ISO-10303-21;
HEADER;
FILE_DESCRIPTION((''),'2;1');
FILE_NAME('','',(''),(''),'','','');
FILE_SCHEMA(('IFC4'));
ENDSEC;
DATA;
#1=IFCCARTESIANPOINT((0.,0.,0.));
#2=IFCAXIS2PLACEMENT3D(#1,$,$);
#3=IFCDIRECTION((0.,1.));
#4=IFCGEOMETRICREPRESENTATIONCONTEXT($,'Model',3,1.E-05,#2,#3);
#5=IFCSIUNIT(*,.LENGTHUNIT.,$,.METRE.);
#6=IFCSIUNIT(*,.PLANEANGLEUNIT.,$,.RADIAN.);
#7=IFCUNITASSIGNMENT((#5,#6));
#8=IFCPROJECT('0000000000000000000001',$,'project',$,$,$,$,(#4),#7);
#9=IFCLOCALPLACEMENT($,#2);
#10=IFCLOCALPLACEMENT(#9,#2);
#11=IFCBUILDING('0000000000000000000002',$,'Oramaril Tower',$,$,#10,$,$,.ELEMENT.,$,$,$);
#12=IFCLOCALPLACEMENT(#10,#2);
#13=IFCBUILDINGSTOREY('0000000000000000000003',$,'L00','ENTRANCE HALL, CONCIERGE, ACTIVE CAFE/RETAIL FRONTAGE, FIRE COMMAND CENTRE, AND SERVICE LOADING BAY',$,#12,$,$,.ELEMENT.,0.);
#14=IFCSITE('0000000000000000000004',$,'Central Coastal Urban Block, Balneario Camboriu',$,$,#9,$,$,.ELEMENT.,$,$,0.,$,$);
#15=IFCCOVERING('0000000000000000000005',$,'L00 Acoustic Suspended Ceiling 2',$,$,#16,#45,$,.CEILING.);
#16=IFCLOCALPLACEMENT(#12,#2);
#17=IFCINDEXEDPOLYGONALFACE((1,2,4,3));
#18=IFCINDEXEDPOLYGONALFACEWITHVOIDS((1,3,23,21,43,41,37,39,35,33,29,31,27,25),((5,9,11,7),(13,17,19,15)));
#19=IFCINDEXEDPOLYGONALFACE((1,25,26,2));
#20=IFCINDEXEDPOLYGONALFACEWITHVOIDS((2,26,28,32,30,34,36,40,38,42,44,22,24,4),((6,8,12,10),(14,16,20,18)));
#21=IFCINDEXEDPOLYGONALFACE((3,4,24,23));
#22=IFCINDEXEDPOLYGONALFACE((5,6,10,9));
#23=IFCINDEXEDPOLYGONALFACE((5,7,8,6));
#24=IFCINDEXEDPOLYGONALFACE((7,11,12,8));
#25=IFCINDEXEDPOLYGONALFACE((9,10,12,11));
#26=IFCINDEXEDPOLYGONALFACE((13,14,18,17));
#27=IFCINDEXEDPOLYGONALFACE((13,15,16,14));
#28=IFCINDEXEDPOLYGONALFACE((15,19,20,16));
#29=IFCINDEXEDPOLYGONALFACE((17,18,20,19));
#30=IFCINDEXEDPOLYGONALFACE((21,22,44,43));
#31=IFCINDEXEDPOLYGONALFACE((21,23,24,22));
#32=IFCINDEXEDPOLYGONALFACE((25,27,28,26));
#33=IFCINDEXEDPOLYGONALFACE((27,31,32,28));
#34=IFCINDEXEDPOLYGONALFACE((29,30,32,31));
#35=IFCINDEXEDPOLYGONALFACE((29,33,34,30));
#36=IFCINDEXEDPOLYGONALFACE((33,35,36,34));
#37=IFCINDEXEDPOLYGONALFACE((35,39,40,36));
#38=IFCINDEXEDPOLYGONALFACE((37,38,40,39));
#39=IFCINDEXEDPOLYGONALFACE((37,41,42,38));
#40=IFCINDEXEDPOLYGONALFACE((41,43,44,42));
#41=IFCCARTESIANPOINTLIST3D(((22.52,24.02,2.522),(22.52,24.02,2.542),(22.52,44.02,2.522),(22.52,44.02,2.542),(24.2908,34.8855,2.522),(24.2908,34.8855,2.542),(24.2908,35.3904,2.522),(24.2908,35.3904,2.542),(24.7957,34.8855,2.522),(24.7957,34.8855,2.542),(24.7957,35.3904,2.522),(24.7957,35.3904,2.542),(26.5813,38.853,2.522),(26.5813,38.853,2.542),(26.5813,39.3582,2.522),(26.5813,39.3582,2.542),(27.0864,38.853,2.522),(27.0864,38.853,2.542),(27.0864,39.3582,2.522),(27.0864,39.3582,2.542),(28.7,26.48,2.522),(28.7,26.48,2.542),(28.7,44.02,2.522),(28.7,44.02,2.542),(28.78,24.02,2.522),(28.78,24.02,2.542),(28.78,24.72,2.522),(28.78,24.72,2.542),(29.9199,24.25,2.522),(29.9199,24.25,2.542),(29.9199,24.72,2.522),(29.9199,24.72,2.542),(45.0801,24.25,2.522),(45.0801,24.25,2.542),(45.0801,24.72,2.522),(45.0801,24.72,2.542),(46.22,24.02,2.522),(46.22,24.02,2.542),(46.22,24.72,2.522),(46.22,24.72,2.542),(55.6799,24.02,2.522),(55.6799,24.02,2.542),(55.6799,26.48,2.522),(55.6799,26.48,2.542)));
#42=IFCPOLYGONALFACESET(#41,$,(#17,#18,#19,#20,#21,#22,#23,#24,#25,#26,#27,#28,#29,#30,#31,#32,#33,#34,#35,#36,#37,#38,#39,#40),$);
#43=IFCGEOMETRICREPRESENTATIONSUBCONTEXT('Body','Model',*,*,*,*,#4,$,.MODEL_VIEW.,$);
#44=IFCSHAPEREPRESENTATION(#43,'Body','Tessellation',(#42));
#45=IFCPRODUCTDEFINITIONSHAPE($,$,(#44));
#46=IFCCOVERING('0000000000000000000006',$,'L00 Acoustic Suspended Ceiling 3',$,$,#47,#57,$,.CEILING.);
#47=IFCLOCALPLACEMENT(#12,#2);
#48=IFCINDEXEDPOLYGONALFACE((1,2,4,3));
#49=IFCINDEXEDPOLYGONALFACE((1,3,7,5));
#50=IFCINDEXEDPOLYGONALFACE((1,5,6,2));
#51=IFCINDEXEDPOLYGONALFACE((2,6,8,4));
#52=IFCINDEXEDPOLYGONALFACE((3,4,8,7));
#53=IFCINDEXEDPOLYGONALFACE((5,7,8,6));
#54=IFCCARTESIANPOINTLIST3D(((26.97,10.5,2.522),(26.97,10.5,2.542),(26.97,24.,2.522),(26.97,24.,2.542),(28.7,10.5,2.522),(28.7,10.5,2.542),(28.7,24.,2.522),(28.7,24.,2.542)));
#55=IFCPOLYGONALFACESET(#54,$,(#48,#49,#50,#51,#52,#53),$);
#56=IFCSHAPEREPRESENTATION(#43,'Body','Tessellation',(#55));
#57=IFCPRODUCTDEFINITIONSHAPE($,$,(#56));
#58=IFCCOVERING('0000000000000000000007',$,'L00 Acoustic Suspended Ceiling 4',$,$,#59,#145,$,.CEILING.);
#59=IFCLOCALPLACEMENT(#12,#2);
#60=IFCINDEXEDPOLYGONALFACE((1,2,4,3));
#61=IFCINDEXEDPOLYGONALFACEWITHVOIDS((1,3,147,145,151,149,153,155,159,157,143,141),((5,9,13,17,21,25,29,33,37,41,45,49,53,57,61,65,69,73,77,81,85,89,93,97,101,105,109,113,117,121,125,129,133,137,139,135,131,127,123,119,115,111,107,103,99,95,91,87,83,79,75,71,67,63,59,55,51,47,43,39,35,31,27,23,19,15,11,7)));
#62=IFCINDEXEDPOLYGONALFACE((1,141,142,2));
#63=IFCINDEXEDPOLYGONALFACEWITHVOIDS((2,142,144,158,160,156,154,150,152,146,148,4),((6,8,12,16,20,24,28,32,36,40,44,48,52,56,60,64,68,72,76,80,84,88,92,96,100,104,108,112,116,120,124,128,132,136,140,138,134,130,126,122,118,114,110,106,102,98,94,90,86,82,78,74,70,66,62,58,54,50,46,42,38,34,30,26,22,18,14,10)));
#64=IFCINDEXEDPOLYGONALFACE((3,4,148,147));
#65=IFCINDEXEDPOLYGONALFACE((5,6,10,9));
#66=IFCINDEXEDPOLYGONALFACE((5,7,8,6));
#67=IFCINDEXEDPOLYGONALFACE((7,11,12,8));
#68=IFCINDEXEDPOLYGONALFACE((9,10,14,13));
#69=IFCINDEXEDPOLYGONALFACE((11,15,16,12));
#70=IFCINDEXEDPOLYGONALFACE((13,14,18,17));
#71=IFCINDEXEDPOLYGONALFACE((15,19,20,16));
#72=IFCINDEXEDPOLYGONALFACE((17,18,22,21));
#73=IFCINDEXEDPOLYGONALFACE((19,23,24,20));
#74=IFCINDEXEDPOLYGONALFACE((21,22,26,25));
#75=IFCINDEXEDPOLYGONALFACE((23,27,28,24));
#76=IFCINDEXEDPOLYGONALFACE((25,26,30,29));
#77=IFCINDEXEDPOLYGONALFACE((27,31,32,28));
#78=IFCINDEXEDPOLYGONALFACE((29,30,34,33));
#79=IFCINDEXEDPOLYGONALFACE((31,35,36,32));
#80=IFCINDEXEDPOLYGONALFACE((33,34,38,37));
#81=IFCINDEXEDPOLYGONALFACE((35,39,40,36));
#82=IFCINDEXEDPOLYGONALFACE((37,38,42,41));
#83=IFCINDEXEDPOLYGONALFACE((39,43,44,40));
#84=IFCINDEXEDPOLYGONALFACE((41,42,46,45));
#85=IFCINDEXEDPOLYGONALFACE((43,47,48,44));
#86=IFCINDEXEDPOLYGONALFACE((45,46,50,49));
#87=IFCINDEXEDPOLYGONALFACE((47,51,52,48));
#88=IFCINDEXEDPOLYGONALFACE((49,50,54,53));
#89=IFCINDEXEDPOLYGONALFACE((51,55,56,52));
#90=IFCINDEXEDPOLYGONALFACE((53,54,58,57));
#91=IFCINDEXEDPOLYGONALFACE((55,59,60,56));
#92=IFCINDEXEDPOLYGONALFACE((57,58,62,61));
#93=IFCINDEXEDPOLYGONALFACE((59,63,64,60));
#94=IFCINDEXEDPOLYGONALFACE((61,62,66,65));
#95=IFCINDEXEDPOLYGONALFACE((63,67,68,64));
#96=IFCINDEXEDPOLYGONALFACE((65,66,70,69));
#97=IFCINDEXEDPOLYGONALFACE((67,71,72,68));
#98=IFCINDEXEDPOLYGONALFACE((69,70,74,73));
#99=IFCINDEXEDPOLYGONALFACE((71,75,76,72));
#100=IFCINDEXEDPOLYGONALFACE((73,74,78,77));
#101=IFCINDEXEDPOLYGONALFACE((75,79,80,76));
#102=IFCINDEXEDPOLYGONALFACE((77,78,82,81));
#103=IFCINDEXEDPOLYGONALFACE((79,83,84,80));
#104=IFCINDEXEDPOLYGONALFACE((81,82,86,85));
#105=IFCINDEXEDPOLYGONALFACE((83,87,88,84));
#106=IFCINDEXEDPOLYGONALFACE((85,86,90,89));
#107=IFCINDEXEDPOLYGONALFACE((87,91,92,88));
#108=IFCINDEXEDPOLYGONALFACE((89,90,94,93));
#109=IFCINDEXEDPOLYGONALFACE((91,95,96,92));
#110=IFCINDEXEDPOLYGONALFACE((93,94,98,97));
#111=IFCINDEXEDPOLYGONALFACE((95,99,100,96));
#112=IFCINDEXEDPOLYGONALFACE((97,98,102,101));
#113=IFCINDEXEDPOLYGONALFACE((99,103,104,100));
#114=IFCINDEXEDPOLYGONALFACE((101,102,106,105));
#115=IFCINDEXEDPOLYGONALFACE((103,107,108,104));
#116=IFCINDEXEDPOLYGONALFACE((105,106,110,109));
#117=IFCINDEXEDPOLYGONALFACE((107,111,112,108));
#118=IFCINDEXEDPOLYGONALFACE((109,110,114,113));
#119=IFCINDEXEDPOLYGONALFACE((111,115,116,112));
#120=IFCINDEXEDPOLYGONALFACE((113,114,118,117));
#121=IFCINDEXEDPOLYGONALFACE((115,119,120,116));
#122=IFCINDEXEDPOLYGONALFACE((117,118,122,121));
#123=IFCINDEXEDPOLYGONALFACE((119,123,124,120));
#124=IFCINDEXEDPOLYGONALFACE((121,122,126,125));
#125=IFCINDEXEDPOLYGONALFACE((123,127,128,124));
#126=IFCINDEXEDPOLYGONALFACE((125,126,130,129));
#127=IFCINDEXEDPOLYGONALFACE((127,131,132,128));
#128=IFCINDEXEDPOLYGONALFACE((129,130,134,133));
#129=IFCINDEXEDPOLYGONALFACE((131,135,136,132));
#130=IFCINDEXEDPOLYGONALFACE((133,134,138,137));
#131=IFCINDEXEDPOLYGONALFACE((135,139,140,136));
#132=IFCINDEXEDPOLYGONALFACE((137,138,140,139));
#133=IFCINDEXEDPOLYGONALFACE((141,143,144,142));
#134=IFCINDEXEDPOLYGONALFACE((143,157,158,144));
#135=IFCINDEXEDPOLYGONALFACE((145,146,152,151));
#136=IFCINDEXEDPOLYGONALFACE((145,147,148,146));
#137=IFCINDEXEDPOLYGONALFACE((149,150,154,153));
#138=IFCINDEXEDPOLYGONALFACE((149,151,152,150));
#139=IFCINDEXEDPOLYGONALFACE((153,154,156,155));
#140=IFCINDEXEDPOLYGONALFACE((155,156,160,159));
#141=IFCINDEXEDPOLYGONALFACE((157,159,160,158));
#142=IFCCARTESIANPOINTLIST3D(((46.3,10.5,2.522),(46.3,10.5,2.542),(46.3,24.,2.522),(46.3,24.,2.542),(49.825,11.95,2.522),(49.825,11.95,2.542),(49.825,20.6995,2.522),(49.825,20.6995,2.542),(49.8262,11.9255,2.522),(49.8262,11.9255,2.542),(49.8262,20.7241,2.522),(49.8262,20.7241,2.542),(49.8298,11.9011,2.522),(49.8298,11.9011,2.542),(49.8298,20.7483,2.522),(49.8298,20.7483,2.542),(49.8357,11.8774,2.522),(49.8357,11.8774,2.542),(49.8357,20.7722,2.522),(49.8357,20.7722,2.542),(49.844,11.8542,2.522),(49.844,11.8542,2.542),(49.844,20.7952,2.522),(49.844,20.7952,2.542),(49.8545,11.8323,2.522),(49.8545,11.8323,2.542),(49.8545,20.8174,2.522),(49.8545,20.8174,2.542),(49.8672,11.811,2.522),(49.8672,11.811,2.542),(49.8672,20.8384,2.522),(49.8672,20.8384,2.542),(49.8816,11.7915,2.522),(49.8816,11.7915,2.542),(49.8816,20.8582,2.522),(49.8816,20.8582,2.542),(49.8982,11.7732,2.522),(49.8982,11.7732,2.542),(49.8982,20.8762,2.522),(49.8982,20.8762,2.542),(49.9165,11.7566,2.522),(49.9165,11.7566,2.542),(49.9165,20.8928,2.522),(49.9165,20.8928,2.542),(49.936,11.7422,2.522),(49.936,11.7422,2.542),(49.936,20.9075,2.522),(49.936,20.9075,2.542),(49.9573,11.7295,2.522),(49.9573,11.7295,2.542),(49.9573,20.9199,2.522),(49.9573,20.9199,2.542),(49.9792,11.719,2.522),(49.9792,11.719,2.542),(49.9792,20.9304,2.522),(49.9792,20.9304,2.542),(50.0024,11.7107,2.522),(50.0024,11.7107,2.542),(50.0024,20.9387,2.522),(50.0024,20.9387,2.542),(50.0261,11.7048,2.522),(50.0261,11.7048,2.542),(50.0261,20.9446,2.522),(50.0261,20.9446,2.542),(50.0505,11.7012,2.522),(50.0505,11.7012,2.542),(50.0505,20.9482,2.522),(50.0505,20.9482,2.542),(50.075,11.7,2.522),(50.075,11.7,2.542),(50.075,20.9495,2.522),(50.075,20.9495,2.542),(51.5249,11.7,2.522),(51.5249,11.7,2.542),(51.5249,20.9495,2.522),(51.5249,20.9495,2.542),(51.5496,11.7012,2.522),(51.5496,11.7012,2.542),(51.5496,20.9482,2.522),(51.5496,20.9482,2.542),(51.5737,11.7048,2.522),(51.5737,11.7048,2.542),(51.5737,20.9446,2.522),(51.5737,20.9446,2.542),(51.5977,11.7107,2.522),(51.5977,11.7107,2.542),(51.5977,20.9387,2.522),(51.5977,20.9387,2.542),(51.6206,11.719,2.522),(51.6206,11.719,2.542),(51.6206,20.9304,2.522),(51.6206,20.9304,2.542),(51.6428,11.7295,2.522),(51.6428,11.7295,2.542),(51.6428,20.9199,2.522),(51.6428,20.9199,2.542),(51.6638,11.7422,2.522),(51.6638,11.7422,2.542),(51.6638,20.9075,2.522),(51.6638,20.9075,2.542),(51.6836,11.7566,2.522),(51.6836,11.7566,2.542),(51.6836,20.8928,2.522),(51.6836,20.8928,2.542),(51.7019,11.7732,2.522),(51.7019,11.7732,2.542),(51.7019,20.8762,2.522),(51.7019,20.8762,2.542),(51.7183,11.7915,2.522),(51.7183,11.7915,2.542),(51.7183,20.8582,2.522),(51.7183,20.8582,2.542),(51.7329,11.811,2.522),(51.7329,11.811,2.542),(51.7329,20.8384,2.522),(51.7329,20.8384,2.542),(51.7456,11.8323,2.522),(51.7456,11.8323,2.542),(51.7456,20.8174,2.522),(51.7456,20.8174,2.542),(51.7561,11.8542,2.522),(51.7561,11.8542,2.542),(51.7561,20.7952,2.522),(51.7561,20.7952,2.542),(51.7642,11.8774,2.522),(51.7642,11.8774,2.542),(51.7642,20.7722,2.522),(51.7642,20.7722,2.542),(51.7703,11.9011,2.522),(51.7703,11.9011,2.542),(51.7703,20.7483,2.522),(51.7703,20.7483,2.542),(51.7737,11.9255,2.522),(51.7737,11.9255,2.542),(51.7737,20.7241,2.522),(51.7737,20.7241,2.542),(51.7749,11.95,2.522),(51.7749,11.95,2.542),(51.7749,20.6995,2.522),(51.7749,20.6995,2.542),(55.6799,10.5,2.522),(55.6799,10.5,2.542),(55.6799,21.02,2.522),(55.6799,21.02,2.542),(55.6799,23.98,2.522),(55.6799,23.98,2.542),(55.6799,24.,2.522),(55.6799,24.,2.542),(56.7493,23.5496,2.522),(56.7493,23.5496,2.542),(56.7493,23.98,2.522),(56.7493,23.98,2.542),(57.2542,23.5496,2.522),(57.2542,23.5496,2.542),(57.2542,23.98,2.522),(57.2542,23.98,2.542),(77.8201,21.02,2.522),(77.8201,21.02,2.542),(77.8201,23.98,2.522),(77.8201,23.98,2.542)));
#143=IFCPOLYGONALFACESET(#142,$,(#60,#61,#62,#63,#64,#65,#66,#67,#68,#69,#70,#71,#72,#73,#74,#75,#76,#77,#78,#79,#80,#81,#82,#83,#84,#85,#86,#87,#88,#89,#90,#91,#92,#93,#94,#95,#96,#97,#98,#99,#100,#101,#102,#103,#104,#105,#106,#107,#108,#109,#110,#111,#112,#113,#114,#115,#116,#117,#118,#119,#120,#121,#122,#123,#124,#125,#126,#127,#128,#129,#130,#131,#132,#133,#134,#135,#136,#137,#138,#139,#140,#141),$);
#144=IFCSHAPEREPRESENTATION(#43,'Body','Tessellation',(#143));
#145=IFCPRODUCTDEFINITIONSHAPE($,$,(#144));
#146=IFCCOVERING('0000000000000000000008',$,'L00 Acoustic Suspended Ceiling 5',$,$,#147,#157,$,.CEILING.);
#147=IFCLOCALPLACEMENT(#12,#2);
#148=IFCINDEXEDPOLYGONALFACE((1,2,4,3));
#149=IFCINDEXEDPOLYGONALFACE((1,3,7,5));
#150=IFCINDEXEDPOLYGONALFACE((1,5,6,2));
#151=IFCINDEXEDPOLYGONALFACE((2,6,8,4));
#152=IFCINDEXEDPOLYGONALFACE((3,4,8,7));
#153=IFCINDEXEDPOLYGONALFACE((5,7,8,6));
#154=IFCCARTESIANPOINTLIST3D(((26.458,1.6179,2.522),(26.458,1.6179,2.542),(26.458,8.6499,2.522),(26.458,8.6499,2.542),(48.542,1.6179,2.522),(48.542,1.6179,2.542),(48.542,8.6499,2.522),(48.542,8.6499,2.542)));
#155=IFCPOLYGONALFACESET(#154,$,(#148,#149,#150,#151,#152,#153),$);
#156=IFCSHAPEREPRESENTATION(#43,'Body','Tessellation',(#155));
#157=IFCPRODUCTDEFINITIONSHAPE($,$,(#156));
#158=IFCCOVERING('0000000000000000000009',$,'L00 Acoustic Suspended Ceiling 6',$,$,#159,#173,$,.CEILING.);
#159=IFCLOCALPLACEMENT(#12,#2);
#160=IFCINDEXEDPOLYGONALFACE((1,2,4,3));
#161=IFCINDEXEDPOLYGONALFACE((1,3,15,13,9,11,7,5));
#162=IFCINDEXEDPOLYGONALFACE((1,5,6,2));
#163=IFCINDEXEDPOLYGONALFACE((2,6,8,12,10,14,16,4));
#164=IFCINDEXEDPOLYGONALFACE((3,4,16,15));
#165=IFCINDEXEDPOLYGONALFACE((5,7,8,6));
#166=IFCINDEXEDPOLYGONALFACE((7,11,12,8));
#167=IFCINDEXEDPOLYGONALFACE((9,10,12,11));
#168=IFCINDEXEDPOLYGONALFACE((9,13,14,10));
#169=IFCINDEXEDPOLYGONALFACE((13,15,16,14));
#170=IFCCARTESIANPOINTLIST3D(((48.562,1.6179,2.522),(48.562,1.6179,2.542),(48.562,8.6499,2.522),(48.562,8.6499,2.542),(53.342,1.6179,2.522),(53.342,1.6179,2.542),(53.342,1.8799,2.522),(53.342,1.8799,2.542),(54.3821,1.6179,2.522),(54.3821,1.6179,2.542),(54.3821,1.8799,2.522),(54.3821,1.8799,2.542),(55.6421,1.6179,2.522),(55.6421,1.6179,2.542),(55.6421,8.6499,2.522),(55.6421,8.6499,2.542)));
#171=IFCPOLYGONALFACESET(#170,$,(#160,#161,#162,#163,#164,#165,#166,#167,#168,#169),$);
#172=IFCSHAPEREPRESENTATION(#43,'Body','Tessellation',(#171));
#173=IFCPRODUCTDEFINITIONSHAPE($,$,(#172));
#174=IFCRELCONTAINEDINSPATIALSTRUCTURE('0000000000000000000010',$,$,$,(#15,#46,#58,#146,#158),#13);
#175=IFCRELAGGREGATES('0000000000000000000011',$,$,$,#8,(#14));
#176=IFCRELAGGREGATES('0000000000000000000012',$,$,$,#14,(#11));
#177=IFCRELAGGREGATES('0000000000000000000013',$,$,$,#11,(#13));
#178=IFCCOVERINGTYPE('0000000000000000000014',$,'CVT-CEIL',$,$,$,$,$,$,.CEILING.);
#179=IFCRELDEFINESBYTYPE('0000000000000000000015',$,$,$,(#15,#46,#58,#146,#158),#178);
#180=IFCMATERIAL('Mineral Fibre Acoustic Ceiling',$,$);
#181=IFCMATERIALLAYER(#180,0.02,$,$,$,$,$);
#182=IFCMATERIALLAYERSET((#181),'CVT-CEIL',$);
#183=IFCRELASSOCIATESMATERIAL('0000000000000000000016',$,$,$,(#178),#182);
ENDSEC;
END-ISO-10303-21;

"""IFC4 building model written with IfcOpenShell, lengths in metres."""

from ifc_helpers import new_model, si_unit, direction, frame, origin, place, context, subcontext, project, spatial, polyline, outline, extrude, material, layer, layer_set, type_object, element, save


model = new_model("IFC4")

# Units and contexts
model_context = context("Model", 3, precision=1e-05, world=origin(), true_north=direction((0.0, 1.0)))
body_context = subcontext(model_context, "Body", "Model", "MODEL_VIEW")
ifc_project = project(units=[si_unit("LENGTHUNIT", "METRE"), si_unit("PLANEANGLEUNIT", "RADIAN")], contexts=[model_context])

# Site, building, storey
site_placement = place(None, origin())
site = spatial("IfcSite", under=ifc_project, at=site_placement, Name="Central Coastal Urban Block, Balneario Camboriu", CompositionType="ELEMENT", RefElevation=0.0)
building_placement = place(site_placement, origin())
building = spatial("IfcBuilding", under=site, at=building_placement, Name="Oramaril Tower", CompositionType="ELEMENT")
storey_placement = place(building_placement, origin())
storey = spatial("IfcBuildingStorey", under=building, at=storey_placement, Name="L00", Description="ENTRANCE HALL, CONCIERGE, ACTIVE CAFE/RETAIL FRONTAGE, FIRE COMMAND CENTRE, AND SERVICE LOADING BAY", CompositionType="ELEMENT", Elevation=0.0)

# Coverings
ifc_material_1 = material(Name="Mineral Fibre Acoustic Ceiling")
ifc_layer_1 = layer(ifc_material_1, 0.02)
ifc_layer_set_1 = layer_set([ifc_layer_1], Name="CVT-CEIL")
covering_type_1 = type_object("IfcCoveringType", Name="CVT-CEIL", PredefinedType="CEILING", material=ifc_layer_set_1)
covering_1_placement = place(storey_placement, frame((0.0, 0.0, 2.522)))
element("IfcCovering", 1, at=covering_1_placement, inside=storey, type_object=covering_type_1, Name="L00 Acoustic Suspended Ceiling 2", PredefinedType="CEILING", context=body_context, shape_type="SweptSolid", body=[
    extrude(outline(polyline([(22.52, 44.02), (28.7, 44.02), (28.7, 26.48), (55.6799, 26.48), (55.6799, 24.02), (46.22, 24.02), (46.22, 24.72), (45.0801, 24.72), (45.0801, 24.25), (29.9199, 24.25), (29.9199, 24.72), (28.78, 24.72), (28.78, 24.02), (22.52, 24.02), (22.52, 44.02)]), holes=[polyline([(24.7957, 35.3904), (24.2908, 35.3904), (24.2908, 34.8855), (24.7957, 34.8855), (24.7957, 35.3904)]), polyline([(27.0864, 38.853), (27.0864, 39.3582), (26.5813, 39.3582), (26.5813, 38.853), (27.0864, 38.853)])]), origin(), (0.0, 0.0, 1.0), 0.02),
])
covering_2_placement = place(storey_placement, frame((0.0, 0.0, 2.522)))
element("IfcCovering", 2, at=covering_2_placement, inside=storey, type_object=covering_type_1, Name="L00 Acoustic Suspended Ceiling 3", PredefinedType="CEILING", context=body_context, shape_type="SweptSolid", body=[
    extrude(outline(polyline([(28.7, 10.5), (26.97, 10.5), (26.97, 24.0), (28.7, 24.0), (28.7, 10.5)])), origin(), (0.0, 0.0, 1.0), 0.02),
])
covering_3_placement = place(storey_placement, frame((0.0, 0.0, 2.522)))
element("IfcCovering", 3, at=covering_3_placement, inside=storey, type_object=covering_type_1, Name="L00 Acoustic Suspended Ceiling 4", PredefinedType="CEILING", context=body_context, shape_type="SweptSolid", body=[
    extrude(outline(polyline([(55.6799, 23.98), (56.7493, 23.98), (56.7493, 23.5496), (57.2542, 23.5496), (57.2542, 23.98), (77.8201, 23.98), (77.8201, 21.02), (55.6799, 21.02), (55.6799, 10.5), (46.3, 10.5), (46.3, 24.0), (55.6799, 24.0), (55.6799, 23.98)]), holes=[polyline([(49.8357, 20.7722), (49.8298, 20.7483), (49.8262, 20.7241), (49.825, 20.6995), (49.825, 11.95), (49.8262, 11.9255), (49.8298, 11.9011), (49.8357, 11.8774), (49.844, 11.8542), (49.8545, 11.8323), (49.8672, 11.811), (49.8816, 11.7915), (49.8982, 11.7732), (49.9165, 11.7566), (49.936, 11.7422), (49.9573, 11.7295), (49.9792, 11.719), (50.0024, 11.7107), (50.0261, 11.7048), (50.0505, 11.7012), (50.075, 11.7), (51.5249, 11.7), (51.5496, 11.7012), (51.5737, 11.7048), (51.5977, 11.7107), (51.6206, 11.719), (51.6428, 11.7295), (51.6638, 11.7422), (51.6836, 11.7566), (51.7019, 11.7732), (51.7183, 11.7915), (51.7329, 11.811), (51.7456, 11.8323), (51.7561, 11.8542), (51.7642, 11.8774), (51.7703, 11.9011), (51.7737, 11.9255), (51.7749, 11.95), (51.7749, 20.6995), (51.7737, 20.7241), (51.7703, 20.7483), (51.7642, 20.7722), (51.7561, 20.7952), (51.7456, 20.8174), (51.7329, 20.8384), (51.7183, 20.8582), (51.7019, 20.8762), (51.6836, 20.8928), (51.6638, 20.9075), (51.6428, 20.9199), (51.6206, 20.9304), (51.5977, 20.9387), (51.5737, 20.9446), (51.5496, 20.9482), (51.5249, 20.9495), (50.075, 20.9495), (50.0505, 20.9482), (50.0261, 20.9446), (50.0024, 20.9387), (49.9792, 20.9304), (49.9573, 20.9199), (49.936, 20.9075), (49.9165, 20.8928), (49.8982, 20.8762), (49.8816, 20.8582), (49.8672, 20.8384), (49.8545, 20.8174), (49.844, 20.7952), (49.8357, 20.7722)])]), origin(), (0.0, 0.0, 1.0), 0.02),
])
covering_4_placement = place(storey_placement, frame((0.0, 0.0, 2.522)))
element("IfcCovering", 4, at=covering_4_placement, inside=storey, type_object=covering_type_1, Name="L00 Acoustic Suspended Ceiling 5", PredefinedType="CEILING", context=body_context, shape_type="SweptSolid", body=[
    extrude(outline(polyline([(26.458, 1.6179), (26.458, 8.6499), (48.542, 8.6499), (48.542, 1.6179), (26.458, 1.6179)])), origin(), (0.0, 0.0, 1.0), 0.02),
])
covering_5_placement = place(storey_placement, frame((0.0, 0.0, 2.522)))
element("IfcCovering", 5, at=covering_5_placement, inside=storey, type_object=covering_type_1, Name="L00 Acoustic Suspended Ceiling 6", PredefinedType="CEILING", context=body_context, shape_type="SweptSolid", body=[
    extrude(outline(polyline([(55.6421, 1.6179), (54.3821, 1.6179), (54.3821, 1.8799), (53.342, 1.8799), (53.342, 1.6179), (48.562, 1.6179), (48.562, 8.6499), (55.6421, 8.6499), (55.6421, 1.6179)])), origin(), (0.0, 0.0, 1.0), 0.02),
])

save(model, "model.ifc")
